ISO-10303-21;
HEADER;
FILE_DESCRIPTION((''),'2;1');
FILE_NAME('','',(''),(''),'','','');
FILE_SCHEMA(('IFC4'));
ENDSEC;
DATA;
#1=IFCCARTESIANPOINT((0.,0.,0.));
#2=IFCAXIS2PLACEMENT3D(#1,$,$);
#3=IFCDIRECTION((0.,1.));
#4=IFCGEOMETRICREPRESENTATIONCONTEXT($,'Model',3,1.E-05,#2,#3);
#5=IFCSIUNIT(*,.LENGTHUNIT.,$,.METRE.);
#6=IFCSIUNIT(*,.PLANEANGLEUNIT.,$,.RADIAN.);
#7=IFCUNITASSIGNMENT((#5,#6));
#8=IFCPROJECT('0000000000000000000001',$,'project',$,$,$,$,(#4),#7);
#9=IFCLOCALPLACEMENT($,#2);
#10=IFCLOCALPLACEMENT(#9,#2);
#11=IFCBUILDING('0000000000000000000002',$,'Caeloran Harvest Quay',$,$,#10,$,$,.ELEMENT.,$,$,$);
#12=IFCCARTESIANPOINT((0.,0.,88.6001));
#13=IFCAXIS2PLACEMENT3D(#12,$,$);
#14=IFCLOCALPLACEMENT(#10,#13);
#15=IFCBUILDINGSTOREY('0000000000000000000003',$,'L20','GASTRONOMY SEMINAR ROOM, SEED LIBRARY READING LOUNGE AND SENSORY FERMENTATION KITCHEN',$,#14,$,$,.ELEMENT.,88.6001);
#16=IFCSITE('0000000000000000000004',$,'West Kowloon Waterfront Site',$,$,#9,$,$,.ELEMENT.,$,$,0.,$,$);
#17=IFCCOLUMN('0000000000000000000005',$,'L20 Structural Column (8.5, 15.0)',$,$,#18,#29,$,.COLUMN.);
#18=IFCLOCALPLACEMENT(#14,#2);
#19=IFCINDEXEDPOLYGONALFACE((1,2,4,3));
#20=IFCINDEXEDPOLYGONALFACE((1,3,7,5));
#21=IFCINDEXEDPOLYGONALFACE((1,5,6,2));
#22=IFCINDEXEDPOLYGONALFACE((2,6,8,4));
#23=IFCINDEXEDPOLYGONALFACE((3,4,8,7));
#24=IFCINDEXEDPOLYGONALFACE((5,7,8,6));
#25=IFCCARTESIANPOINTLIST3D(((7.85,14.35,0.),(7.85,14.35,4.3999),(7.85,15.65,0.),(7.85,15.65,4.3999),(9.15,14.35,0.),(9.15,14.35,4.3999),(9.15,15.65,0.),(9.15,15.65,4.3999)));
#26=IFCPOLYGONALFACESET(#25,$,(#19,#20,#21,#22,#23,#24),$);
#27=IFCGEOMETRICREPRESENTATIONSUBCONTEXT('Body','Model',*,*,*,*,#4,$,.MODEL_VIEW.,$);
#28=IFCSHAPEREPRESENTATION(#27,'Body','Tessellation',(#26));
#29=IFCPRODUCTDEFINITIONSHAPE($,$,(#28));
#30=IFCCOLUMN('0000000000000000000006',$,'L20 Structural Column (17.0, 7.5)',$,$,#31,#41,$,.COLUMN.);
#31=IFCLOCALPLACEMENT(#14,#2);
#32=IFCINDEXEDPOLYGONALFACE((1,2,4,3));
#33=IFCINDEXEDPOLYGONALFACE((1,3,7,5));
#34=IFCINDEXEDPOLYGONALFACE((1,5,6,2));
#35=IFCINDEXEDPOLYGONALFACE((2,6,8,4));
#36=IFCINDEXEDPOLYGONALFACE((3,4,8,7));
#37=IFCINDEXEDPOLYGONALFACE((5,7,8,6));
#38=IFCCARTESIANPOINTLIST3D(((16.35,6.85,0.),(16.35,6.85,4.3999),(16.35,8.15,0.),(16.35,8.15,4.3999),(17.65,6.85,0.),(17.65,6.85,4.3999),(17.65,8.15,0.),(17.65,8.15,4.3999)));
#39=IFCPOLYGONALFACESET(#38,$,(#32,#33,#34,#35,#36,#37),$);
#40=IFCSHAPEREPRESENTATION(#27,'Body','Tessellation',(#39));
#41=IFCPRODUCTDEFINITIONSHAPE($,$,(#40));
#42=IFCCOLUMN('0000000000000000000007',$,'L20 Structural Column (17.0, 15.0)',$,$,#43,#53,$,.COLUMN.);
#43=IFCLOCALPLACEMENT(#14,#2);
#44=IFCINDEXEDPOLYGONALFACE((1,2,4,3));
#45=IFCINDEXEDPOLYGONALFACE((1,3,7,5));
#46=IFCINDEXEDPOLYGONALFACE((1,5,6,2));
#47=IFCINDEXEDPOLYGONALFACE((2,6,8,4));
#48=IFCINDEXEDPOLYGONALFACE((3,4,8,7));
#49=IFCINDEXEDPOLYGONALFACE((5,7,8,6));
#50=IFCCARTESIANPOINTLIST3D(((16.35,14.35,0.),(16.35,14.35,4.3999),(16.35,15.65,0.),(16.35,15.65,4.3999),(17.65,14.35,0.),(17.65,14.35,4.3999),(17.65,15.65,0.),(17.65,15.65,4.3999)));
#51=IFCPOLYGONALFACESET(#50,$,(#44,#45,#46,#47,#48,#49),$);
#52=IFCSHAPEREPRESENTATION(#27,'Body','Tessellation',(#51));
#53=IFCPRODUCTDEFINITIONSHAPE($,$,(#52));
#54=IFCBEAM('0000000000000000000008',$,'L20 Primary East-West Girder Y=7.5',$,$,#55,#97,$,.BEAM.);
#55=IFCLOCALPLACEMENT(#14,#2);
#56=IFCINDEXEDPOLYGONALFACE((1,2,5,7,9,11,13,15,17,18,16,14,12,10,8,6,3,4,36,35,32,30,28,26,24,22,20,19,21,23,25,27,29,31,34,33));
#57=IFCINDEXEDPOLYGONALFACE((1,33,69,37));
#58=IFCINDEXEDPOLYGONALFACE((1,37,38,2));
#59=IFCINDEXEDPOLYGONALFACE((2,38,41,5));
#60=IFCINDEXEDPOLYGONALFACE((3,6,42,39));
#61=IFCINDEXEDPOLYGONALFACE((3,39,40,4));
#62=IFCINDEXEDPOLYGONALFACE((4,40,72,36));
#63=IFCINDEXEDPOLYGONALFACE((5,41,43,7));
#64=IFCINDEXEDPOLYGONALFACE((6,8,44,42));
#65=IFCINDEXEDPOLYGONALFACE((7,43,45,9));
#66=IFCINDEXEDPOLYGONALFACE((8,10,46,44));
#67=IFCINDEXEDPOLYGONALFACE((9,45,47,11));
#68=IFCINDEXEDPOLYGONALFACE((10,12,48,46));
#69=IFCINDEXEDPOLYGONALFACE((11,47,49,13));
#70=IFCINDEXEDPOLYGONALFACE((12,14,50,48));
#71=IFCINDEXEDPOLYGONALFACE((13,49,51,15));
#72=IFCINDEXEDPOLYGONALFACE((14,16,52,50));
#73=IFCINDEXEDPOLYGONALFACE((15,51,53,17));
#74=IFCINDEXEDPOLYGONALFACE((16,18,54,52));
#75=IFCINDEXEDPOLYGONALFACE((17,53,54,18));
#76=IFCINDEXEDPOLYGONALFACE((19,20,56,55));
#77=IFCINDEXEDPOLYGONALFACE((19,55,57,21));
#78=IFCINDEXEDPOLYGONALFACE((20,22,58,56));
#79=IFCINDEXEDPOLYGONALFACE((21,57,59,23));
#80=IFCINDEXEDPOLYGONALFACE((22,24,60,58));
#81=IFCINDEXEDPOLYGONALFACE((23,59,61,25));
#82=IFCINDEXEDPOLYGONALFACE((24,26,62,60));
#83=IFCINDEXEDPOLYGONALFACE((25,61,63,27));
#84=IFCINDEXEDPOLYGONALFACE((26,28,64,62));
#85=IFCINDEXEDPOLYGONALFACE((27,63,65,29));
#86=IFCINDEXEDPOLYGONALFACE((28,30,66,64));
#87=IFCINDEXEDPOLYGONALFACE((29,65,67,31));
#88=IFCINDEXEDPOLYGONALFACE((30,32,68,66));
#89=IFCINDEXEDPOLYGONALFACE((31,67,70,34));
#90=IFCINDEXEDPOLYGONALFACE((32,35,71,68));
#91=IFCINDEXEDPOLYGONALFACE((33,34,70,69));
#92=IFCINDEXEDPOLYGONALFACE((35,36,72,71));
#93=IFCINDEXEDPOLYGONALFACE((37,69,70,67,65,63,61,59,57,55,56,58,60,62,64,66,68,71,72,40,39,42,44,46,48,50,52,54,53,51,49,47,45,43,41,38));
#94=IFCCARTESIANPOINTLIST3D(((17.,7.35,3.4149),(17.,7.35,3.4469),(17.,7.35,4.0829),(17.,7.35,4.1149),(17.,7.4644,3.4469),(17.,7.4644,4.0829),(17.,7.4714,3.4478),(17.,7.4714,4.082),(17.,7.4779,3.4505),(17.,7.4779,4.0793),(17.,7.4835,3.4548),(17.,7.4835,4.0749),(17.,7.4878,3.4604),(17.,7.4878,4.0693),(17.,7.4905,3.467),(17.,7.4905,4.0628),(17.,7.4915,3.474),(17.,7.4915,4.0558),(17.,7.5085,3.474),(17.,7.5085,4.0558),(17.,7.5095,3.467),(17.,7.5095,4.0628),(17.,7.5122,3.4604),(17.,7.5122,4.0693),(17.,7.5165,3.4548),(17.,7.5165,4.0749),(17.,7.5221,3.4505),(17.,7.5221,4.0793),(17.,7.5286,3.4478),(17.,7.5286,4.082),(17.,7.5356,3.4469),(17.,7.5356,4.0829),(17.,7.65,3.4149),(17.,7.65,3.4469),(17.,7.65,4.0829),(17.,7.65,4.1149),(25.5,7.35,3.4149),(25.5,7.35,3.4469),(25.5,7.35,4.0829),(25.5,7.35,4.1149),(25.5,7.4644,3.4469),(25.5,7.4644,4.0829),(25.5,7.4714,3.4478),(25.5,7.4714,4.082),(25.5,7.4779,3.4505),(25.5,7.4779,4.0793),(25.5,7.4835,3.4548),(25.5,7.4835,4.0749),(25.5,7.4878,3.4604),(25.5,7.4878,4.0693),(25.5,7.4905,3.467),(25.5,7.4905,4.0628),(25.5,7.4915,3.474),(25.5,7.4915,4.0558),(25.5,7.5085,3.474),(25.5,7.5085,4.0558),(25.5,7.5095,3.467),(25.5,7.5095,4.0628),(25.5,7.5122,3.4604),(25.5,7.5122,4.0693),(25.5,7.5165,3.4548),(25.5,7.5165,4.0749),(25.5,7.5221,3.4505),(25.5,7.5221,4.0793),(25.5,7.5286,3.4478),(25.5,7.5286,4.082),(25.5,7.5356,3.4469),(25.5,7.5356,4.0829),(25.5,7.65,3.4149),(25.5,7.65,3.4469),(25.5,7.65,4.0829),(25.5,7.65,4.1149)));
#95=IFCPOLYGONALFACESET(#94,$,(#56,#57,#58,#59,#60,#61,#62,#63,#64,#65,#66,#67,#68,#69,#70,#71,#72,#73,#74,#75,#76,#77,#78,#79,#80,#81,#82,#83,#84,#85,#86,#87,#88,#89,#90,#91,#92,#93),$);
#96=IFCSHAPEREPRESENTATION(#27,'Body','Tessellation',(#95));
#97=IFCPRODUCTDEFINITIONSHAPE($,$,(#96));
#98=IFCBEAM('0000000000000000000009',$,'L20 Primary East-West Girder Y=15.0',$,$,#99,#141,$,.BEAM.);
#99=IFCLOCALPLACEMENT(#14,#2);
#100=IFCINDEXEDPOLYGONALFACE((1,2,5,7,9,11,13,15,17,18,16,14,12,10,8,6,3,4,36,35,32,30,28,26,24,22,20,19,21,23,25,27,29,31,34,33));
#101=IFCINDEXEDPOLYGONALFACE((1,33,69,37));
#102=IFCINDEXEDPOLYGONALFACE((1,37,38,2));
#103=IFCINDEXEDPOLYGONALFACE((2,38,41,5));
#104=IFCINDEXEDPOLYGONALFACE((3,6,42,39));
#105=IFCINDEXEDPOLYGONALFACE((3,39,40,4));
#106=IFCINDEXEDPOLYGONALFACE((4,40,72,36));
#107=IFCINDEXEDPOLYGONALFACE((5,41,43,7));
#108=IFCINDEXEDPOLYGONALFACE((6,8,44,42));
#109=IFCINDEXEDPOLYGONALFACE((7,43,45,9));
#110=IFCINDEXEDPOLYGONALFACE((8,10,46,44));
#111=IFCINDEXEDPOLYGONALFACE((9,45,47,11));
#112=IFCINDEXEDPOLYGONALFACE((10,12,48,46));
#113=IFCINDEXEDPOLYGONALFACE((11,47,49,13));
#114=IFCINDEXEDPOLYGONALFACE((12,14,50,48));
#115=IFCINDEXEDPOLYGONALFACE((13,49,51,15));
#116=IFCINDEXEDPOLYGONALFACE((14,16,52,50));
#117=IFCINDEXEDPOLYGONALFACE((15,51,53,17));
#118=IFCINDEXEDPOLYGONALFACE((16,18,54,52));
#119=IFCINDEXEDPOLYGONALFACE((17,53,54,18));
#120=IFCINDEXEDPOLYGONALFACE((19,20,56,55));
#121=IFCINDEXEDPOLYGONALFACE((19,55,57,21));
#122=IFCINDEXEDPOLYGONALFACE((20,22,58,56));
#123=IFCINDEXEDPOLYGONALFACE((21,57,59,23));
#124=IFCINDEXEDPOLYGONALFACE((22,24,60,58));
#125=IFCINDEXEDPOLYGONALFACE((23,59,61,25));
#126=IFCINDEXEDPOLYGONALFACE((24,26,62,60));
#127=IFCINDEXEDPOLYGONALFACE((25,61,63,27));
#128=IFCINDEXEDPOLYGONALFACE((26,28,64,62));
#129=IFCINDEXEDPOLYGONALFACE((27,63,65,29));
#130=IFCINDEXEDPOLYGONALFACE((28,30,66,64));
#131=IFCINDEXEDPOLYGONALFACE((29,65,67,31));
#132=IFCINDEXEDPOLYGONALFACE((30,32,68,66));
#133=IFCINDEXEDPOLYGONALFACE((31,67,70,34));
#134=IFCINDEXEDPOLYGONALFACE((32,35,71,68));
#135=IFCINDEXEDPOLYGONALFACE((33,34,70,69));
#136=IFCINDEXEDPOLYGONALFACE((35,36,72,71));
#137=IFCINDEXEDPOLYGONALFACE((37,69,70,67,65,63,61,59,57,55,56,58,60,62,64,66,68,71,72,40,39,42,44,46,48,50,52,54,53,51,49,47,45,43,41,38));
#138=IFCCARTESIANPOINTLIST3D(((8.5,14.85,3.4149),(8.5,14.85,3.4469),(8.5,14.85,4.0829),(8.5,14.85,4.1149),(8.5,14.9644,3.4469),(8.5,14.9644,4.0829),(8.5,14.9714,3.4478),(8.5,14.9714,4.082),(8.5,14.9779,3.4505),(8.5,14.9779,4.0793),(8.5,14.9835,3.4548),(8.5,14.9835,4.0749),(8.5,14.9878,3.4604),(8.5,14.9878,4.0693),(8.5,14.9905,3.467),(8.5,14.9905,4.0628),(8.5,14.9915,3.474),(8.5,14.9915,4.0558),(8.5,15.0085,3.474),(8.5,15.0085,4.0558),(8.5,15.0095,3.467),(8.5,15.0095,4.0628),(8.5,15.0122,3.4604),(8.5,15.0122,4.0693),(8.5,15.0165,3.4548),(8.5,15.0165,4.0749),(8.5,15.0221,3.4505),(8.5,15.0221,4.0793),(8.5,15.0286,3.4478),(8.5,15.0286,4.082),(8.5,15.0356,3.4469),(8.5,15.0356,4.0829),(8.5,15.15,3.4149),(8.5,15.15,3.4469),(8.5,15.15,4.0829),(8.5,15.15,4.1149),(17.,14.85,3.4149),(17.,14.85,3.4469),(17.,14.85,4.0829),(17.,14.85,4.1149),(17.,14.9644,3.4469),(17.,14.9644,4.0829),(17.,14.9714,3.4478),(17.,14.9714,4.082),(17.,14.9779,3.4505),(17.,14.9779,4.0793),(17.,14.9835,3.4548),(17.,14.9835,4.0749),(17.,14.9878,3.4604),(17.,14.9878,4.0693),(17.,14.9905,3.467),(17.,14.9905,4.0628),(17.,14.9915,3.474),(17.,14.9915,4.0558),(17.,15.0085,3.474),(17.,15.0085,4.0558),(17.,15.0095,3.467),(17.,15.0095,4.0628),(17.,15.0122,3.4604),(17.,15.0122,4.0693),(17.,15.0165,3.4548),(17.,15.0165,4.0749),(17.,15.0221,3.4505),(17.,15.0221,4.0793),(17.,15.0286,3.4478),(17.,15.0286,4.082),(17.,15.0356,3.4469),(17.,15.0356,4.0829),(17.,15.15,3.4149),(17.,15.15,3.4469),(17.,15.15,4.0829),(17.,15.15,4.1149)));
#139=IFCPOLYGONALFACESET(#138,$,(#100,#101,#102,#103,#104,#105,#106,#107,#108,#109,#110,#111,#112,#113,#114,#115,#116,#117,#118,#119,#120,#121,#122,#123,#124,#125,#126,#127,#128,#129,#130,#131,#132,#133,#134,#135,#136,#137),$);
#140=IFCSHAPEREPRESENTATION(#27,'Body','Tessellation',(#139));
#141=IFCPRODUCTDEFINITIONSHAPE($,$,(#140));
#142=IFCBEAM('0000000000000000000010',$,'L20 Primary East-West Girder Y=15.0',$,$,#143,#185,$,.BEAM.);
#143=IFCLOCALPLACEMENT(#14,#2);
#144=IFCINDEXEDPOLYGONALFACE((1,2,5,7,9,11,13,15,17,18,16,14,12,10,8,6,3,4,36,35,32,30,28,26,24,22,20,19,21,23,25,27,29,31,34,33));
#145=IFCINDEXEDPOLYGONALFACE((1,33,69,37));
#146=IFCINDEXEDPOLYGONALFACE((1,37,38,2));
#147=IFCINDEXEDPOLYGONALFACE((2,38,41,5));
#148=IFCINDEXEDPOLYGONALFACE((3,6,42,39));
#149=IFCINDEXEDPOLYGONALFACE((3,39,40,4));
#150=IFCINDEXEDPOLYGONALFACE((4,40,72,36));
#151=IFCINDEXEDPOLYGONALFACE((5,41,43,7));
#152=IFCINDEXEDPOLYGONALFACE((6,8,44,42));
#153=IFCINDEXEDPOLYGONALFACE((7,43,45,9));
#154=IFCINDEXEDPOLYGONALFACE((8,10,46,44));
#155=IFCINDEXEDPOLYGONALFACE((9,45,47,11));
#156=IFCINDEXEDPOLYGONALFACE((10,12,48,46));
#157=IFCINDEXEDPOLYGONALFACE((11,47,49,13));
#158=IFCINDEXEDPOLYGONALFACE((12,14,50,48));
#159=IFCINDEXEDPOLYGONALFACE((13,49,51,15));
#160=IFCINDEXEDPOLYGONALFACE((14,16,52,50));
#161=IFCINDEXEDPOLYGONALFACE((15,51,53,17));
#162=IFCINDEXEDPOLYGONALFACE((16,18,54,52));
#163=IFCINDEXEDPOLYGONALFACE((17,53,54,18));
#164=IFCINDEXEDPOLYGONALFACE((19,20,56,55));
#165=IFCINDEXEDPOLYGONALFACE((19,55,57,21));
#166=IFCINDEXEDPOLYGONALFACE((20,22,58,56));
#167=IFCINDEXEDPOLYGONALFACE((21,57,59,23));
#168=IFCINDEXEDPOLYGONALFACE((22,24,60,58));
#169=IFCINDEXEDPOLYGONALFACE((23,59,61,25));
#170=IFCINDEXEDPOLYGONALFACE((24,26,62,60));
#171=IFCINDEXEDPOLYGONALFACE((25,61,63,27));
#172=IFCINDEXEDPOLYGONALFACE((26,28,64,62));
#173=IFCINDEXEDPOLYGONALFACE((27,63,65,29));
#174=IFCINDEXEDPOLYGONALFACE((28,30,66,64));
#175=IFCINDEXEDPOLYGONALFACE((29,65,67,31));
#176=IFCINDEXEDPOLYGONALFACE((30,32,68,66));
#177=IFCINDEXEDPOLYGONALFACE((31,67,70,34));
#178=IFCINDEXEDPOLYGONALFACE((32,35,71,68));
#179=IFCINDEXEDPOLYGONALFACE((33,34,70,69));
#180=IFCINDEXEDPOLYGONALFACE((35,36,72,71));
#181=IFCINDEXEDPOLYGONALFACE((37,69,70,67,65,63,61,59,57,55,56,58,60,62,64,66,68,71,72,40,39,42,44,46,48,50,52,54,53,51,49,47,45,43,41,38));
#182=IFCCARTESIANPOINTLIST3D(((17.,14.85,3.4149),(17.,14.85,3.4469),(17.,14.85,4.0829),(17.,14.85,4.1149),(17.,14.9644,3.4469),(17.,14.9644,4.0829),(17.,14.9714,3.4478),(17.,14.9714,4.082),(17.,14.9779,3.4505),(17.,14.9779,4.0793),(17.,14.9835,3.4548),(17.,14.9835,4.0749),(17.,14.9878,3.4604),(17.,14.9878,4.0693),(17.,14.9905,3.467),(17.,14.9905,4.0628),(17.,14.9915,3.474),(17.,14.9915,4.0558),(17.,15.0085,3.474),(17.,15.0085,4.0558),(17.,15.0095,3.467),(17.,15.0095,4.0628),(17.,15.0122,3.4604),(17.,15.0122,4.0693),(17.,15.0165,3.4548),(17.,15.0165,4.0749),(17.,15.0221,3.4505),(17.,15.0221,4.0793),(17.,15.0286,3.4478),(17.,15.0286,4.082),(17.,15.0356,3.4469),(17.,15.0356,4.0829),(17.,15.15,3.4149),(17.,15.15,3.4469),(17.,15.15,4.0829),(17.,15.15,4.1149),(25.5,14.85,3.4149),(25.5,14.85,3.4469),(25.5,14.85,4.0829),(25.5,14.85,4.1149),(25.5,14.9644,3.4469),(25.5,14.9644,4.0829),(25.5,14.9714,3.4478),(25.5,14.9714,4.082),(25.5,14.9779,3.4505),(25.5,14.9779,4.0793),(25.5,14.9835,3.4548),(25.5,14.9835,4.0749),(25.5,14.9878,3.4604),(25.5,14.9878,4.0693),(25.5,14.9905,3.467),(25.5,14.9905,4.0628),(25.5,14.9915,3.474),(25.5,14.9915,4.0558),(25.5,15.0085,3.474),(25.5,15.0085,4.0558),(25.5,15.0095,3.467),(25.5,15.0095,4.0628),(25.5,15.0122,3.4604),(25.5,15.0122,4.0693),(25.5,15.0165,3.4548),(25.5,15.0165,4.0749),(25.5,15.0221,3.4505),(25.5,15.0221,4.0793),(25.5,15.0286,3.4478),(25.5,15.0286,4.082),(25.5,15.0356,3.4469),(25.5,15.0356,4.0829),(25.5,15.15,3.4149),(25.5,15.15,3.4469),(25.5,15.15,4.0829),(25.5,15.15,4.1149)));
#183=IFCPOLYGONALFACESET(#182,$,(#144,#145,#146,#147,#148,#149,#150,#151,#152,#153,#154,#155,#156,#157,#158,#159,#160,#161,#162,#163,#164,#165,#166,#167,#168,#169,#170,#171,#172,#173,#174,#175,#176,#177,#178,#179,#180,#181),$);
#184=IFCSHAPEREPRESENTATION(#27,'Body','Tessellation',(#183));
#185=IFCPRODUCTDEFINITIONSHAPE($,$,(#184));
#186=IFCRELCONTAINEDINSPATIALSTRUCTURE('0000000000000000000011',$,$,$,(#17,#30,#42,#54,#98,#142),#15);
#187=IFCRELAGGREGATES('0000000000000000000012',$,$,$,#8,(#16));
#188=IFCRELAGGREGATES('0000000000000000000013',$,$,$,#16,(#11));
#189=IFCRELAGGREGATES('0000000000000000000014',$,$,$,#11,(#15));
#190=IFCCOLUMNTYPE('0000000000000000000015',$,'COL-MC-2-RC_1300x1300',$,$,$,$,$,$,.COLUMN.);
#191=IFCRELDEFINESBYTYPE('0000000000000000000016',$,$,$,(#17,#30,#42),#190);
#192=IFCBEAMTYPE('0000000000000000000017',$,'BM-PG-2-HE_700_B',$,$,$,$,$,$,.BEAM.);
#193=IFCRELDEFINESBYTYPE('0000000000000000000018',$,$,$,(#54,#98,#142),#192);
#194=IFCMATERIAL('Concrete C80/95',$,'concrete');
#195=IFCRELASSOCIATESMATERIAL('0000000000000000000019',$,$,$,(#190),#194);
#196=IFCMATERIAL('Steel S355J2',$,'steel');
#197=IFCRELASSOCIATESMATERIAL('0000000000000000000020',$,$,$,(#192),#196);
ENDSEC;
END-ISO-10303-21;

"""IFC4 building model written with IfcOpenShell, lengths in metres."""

from ifc_helpers import new_model, si_unit, direction, frame, origin, origin_2d, place, context, subcontext, project, spatial, rectangle, i_section, extrude, material, material_profile, profile_set, type_object, element, save


model = new_model("IFC4")

# Units and contexts
model_context = context("Model", 3, precision=1e-05, world=origin(), true_north=direction((0.0, 1.0)))
body_context = subcontext(model_context, "Body", "Model", "MODEL_VIEW")
ifc_project = project(units=[si_unit("LENGTHUNIT", "METRE"), si_unit("PLANEANGLEUNIT", "RADIAN")], contexts=[model_context])

# Site, building, storey
site_placement = place(None, origin())
site = spatial("IfcSite", under=ifc_project, at=site_placement, Name="West Kowloon Waterfront Site", CompositionType="ELEMENT", RefElevation=0.0)
building_placement = place(site_placement, origin())
building = spatial("IfcBuilding", under=site, at=building_placement, Name="Caeloran Harvest Quay", CompositionType="ELEMENT")
storey_placement = place(building_placement, frame((0.0, 0.0, 88.6001)))
storey = spatial("IfcBuildingStorey", under=building, at=storey_placement, Name="L20", Description="GASTRONOMY SEMINAR ROOM, SEED LIBRARY READING LOUNGE AND SENSORY FERMENTATION KITCHEN", CompositionType="ELEMENT", Elevation=88.6001)

# Columns
ifc_material_1 = material(Name="Concrete C80/95", Category="concrete")
ifc_material_profile_1 = material_profile(ifc_material_1, rectangle(XDim=1.3, YDim=1.3, at=origin_2d()), Name="RC 1300x1300")
ifc_profile_set_1 = profile_set([ifc_material_profile_1], Name="Concrete C80/95")
column_type = type_object("IfcColumnType", Name="COL-MC-2-RC_1300x1300", PredefinedType="COLUMN", material=ifc_profile_set_1)
for number, where, z_axis, x_axis, name in (
    (1, (8.5, 15.0, 0.0), (0.0, 0.0, 1.0), (1.0, 0.0, 0.0), "L20 Structural Column (8.5, 15.0)"),
    (2, (17.0, 7.5, 0.0), (0.0, 0.0, 1.0), (1.0, 0.0, 0.0), "L20 Structural Column (17.0, 7.5)"),
    (3, (17.0, 15.0, 0.0), (0.0, 0.0, 1.0), (1.0, 0.0, 0.0), "L20 Structural Column (17.0, 15.0)"),
):
    element("IfcColumn", number, at=place(storey_placement, frame(where, z_axis=z_axis, x_axis=x_axis)), inside=storey, type_object=column_type, Name=name, PredefinedType="COLUMN", context=body_context, shape_type="SweptSolid", body=[
        extrude(rectangle(XDim=1.3, YDim=1.3, at=origin_2d()), origin(), (0.0, 0.0, 1.0), 4.3999),
    ])

# Beams
ifc_material_2 = material(Name="Steel S355J2", Category="steel")
ifc_material_profile_2 = material_profile(ifc_material_2, i_section(OverallWidth=0.3, OverallDepth=0.7, WebThickness=0.0171, FlangeThickness=0.032, FilletRadius=0.0271, at=origin_2d()), Name="HE 700 B")
ifc_profile_set_2 = profile_set([ifc_material_profile_2], Name="Steel S355J2")
beam_type_1 = type_object("IfcBeamType", Name="BM-PG-2-HE_700_B", PredefinedType="BEAM", material=ifc_profile_set_2)
for number, where, z_axis, x_axis, name in (
    (4, (17.0, 7.5, 3.7649), (1.0, 0.0, 0.0), (0.0, 1.0, 0.0), "L20 Primary East-West Girder Y=7.5"),
    (5, (8.5, 15.0, 3.7649), (1.0, 0.0, 0.0), (0.0, 1.0, 0.0), "L20 Primary East-West Girder Y=15.0"),
    (6, (17.0, 15.0, 3.7649), (1.0, 0.0, 0.0), (0.0, 1.0, 0.0), "L20 Primary East-West Girder Y=15.0"),
):
    element("IfcBeam", number, at=place(storey_placement, frame(where, z_axis=z_axis, x_axis=x_axis)), inside=storey, type_object=beam_type_1, Name=name, PredefinedType="BEAM", context=body_context, shape_type="SweptSolid", body=[
        extrude(i_section(OverallWidth=0.3, OverallDepth=0.7, WebThickness=0.0171, FlangeThickness=0.032, FilletRadius=0.0271, at=origin_2d()), origin(), (0.0, 0.0, 1.0), 8.5),
    ])

save(model, "model.ifc")
